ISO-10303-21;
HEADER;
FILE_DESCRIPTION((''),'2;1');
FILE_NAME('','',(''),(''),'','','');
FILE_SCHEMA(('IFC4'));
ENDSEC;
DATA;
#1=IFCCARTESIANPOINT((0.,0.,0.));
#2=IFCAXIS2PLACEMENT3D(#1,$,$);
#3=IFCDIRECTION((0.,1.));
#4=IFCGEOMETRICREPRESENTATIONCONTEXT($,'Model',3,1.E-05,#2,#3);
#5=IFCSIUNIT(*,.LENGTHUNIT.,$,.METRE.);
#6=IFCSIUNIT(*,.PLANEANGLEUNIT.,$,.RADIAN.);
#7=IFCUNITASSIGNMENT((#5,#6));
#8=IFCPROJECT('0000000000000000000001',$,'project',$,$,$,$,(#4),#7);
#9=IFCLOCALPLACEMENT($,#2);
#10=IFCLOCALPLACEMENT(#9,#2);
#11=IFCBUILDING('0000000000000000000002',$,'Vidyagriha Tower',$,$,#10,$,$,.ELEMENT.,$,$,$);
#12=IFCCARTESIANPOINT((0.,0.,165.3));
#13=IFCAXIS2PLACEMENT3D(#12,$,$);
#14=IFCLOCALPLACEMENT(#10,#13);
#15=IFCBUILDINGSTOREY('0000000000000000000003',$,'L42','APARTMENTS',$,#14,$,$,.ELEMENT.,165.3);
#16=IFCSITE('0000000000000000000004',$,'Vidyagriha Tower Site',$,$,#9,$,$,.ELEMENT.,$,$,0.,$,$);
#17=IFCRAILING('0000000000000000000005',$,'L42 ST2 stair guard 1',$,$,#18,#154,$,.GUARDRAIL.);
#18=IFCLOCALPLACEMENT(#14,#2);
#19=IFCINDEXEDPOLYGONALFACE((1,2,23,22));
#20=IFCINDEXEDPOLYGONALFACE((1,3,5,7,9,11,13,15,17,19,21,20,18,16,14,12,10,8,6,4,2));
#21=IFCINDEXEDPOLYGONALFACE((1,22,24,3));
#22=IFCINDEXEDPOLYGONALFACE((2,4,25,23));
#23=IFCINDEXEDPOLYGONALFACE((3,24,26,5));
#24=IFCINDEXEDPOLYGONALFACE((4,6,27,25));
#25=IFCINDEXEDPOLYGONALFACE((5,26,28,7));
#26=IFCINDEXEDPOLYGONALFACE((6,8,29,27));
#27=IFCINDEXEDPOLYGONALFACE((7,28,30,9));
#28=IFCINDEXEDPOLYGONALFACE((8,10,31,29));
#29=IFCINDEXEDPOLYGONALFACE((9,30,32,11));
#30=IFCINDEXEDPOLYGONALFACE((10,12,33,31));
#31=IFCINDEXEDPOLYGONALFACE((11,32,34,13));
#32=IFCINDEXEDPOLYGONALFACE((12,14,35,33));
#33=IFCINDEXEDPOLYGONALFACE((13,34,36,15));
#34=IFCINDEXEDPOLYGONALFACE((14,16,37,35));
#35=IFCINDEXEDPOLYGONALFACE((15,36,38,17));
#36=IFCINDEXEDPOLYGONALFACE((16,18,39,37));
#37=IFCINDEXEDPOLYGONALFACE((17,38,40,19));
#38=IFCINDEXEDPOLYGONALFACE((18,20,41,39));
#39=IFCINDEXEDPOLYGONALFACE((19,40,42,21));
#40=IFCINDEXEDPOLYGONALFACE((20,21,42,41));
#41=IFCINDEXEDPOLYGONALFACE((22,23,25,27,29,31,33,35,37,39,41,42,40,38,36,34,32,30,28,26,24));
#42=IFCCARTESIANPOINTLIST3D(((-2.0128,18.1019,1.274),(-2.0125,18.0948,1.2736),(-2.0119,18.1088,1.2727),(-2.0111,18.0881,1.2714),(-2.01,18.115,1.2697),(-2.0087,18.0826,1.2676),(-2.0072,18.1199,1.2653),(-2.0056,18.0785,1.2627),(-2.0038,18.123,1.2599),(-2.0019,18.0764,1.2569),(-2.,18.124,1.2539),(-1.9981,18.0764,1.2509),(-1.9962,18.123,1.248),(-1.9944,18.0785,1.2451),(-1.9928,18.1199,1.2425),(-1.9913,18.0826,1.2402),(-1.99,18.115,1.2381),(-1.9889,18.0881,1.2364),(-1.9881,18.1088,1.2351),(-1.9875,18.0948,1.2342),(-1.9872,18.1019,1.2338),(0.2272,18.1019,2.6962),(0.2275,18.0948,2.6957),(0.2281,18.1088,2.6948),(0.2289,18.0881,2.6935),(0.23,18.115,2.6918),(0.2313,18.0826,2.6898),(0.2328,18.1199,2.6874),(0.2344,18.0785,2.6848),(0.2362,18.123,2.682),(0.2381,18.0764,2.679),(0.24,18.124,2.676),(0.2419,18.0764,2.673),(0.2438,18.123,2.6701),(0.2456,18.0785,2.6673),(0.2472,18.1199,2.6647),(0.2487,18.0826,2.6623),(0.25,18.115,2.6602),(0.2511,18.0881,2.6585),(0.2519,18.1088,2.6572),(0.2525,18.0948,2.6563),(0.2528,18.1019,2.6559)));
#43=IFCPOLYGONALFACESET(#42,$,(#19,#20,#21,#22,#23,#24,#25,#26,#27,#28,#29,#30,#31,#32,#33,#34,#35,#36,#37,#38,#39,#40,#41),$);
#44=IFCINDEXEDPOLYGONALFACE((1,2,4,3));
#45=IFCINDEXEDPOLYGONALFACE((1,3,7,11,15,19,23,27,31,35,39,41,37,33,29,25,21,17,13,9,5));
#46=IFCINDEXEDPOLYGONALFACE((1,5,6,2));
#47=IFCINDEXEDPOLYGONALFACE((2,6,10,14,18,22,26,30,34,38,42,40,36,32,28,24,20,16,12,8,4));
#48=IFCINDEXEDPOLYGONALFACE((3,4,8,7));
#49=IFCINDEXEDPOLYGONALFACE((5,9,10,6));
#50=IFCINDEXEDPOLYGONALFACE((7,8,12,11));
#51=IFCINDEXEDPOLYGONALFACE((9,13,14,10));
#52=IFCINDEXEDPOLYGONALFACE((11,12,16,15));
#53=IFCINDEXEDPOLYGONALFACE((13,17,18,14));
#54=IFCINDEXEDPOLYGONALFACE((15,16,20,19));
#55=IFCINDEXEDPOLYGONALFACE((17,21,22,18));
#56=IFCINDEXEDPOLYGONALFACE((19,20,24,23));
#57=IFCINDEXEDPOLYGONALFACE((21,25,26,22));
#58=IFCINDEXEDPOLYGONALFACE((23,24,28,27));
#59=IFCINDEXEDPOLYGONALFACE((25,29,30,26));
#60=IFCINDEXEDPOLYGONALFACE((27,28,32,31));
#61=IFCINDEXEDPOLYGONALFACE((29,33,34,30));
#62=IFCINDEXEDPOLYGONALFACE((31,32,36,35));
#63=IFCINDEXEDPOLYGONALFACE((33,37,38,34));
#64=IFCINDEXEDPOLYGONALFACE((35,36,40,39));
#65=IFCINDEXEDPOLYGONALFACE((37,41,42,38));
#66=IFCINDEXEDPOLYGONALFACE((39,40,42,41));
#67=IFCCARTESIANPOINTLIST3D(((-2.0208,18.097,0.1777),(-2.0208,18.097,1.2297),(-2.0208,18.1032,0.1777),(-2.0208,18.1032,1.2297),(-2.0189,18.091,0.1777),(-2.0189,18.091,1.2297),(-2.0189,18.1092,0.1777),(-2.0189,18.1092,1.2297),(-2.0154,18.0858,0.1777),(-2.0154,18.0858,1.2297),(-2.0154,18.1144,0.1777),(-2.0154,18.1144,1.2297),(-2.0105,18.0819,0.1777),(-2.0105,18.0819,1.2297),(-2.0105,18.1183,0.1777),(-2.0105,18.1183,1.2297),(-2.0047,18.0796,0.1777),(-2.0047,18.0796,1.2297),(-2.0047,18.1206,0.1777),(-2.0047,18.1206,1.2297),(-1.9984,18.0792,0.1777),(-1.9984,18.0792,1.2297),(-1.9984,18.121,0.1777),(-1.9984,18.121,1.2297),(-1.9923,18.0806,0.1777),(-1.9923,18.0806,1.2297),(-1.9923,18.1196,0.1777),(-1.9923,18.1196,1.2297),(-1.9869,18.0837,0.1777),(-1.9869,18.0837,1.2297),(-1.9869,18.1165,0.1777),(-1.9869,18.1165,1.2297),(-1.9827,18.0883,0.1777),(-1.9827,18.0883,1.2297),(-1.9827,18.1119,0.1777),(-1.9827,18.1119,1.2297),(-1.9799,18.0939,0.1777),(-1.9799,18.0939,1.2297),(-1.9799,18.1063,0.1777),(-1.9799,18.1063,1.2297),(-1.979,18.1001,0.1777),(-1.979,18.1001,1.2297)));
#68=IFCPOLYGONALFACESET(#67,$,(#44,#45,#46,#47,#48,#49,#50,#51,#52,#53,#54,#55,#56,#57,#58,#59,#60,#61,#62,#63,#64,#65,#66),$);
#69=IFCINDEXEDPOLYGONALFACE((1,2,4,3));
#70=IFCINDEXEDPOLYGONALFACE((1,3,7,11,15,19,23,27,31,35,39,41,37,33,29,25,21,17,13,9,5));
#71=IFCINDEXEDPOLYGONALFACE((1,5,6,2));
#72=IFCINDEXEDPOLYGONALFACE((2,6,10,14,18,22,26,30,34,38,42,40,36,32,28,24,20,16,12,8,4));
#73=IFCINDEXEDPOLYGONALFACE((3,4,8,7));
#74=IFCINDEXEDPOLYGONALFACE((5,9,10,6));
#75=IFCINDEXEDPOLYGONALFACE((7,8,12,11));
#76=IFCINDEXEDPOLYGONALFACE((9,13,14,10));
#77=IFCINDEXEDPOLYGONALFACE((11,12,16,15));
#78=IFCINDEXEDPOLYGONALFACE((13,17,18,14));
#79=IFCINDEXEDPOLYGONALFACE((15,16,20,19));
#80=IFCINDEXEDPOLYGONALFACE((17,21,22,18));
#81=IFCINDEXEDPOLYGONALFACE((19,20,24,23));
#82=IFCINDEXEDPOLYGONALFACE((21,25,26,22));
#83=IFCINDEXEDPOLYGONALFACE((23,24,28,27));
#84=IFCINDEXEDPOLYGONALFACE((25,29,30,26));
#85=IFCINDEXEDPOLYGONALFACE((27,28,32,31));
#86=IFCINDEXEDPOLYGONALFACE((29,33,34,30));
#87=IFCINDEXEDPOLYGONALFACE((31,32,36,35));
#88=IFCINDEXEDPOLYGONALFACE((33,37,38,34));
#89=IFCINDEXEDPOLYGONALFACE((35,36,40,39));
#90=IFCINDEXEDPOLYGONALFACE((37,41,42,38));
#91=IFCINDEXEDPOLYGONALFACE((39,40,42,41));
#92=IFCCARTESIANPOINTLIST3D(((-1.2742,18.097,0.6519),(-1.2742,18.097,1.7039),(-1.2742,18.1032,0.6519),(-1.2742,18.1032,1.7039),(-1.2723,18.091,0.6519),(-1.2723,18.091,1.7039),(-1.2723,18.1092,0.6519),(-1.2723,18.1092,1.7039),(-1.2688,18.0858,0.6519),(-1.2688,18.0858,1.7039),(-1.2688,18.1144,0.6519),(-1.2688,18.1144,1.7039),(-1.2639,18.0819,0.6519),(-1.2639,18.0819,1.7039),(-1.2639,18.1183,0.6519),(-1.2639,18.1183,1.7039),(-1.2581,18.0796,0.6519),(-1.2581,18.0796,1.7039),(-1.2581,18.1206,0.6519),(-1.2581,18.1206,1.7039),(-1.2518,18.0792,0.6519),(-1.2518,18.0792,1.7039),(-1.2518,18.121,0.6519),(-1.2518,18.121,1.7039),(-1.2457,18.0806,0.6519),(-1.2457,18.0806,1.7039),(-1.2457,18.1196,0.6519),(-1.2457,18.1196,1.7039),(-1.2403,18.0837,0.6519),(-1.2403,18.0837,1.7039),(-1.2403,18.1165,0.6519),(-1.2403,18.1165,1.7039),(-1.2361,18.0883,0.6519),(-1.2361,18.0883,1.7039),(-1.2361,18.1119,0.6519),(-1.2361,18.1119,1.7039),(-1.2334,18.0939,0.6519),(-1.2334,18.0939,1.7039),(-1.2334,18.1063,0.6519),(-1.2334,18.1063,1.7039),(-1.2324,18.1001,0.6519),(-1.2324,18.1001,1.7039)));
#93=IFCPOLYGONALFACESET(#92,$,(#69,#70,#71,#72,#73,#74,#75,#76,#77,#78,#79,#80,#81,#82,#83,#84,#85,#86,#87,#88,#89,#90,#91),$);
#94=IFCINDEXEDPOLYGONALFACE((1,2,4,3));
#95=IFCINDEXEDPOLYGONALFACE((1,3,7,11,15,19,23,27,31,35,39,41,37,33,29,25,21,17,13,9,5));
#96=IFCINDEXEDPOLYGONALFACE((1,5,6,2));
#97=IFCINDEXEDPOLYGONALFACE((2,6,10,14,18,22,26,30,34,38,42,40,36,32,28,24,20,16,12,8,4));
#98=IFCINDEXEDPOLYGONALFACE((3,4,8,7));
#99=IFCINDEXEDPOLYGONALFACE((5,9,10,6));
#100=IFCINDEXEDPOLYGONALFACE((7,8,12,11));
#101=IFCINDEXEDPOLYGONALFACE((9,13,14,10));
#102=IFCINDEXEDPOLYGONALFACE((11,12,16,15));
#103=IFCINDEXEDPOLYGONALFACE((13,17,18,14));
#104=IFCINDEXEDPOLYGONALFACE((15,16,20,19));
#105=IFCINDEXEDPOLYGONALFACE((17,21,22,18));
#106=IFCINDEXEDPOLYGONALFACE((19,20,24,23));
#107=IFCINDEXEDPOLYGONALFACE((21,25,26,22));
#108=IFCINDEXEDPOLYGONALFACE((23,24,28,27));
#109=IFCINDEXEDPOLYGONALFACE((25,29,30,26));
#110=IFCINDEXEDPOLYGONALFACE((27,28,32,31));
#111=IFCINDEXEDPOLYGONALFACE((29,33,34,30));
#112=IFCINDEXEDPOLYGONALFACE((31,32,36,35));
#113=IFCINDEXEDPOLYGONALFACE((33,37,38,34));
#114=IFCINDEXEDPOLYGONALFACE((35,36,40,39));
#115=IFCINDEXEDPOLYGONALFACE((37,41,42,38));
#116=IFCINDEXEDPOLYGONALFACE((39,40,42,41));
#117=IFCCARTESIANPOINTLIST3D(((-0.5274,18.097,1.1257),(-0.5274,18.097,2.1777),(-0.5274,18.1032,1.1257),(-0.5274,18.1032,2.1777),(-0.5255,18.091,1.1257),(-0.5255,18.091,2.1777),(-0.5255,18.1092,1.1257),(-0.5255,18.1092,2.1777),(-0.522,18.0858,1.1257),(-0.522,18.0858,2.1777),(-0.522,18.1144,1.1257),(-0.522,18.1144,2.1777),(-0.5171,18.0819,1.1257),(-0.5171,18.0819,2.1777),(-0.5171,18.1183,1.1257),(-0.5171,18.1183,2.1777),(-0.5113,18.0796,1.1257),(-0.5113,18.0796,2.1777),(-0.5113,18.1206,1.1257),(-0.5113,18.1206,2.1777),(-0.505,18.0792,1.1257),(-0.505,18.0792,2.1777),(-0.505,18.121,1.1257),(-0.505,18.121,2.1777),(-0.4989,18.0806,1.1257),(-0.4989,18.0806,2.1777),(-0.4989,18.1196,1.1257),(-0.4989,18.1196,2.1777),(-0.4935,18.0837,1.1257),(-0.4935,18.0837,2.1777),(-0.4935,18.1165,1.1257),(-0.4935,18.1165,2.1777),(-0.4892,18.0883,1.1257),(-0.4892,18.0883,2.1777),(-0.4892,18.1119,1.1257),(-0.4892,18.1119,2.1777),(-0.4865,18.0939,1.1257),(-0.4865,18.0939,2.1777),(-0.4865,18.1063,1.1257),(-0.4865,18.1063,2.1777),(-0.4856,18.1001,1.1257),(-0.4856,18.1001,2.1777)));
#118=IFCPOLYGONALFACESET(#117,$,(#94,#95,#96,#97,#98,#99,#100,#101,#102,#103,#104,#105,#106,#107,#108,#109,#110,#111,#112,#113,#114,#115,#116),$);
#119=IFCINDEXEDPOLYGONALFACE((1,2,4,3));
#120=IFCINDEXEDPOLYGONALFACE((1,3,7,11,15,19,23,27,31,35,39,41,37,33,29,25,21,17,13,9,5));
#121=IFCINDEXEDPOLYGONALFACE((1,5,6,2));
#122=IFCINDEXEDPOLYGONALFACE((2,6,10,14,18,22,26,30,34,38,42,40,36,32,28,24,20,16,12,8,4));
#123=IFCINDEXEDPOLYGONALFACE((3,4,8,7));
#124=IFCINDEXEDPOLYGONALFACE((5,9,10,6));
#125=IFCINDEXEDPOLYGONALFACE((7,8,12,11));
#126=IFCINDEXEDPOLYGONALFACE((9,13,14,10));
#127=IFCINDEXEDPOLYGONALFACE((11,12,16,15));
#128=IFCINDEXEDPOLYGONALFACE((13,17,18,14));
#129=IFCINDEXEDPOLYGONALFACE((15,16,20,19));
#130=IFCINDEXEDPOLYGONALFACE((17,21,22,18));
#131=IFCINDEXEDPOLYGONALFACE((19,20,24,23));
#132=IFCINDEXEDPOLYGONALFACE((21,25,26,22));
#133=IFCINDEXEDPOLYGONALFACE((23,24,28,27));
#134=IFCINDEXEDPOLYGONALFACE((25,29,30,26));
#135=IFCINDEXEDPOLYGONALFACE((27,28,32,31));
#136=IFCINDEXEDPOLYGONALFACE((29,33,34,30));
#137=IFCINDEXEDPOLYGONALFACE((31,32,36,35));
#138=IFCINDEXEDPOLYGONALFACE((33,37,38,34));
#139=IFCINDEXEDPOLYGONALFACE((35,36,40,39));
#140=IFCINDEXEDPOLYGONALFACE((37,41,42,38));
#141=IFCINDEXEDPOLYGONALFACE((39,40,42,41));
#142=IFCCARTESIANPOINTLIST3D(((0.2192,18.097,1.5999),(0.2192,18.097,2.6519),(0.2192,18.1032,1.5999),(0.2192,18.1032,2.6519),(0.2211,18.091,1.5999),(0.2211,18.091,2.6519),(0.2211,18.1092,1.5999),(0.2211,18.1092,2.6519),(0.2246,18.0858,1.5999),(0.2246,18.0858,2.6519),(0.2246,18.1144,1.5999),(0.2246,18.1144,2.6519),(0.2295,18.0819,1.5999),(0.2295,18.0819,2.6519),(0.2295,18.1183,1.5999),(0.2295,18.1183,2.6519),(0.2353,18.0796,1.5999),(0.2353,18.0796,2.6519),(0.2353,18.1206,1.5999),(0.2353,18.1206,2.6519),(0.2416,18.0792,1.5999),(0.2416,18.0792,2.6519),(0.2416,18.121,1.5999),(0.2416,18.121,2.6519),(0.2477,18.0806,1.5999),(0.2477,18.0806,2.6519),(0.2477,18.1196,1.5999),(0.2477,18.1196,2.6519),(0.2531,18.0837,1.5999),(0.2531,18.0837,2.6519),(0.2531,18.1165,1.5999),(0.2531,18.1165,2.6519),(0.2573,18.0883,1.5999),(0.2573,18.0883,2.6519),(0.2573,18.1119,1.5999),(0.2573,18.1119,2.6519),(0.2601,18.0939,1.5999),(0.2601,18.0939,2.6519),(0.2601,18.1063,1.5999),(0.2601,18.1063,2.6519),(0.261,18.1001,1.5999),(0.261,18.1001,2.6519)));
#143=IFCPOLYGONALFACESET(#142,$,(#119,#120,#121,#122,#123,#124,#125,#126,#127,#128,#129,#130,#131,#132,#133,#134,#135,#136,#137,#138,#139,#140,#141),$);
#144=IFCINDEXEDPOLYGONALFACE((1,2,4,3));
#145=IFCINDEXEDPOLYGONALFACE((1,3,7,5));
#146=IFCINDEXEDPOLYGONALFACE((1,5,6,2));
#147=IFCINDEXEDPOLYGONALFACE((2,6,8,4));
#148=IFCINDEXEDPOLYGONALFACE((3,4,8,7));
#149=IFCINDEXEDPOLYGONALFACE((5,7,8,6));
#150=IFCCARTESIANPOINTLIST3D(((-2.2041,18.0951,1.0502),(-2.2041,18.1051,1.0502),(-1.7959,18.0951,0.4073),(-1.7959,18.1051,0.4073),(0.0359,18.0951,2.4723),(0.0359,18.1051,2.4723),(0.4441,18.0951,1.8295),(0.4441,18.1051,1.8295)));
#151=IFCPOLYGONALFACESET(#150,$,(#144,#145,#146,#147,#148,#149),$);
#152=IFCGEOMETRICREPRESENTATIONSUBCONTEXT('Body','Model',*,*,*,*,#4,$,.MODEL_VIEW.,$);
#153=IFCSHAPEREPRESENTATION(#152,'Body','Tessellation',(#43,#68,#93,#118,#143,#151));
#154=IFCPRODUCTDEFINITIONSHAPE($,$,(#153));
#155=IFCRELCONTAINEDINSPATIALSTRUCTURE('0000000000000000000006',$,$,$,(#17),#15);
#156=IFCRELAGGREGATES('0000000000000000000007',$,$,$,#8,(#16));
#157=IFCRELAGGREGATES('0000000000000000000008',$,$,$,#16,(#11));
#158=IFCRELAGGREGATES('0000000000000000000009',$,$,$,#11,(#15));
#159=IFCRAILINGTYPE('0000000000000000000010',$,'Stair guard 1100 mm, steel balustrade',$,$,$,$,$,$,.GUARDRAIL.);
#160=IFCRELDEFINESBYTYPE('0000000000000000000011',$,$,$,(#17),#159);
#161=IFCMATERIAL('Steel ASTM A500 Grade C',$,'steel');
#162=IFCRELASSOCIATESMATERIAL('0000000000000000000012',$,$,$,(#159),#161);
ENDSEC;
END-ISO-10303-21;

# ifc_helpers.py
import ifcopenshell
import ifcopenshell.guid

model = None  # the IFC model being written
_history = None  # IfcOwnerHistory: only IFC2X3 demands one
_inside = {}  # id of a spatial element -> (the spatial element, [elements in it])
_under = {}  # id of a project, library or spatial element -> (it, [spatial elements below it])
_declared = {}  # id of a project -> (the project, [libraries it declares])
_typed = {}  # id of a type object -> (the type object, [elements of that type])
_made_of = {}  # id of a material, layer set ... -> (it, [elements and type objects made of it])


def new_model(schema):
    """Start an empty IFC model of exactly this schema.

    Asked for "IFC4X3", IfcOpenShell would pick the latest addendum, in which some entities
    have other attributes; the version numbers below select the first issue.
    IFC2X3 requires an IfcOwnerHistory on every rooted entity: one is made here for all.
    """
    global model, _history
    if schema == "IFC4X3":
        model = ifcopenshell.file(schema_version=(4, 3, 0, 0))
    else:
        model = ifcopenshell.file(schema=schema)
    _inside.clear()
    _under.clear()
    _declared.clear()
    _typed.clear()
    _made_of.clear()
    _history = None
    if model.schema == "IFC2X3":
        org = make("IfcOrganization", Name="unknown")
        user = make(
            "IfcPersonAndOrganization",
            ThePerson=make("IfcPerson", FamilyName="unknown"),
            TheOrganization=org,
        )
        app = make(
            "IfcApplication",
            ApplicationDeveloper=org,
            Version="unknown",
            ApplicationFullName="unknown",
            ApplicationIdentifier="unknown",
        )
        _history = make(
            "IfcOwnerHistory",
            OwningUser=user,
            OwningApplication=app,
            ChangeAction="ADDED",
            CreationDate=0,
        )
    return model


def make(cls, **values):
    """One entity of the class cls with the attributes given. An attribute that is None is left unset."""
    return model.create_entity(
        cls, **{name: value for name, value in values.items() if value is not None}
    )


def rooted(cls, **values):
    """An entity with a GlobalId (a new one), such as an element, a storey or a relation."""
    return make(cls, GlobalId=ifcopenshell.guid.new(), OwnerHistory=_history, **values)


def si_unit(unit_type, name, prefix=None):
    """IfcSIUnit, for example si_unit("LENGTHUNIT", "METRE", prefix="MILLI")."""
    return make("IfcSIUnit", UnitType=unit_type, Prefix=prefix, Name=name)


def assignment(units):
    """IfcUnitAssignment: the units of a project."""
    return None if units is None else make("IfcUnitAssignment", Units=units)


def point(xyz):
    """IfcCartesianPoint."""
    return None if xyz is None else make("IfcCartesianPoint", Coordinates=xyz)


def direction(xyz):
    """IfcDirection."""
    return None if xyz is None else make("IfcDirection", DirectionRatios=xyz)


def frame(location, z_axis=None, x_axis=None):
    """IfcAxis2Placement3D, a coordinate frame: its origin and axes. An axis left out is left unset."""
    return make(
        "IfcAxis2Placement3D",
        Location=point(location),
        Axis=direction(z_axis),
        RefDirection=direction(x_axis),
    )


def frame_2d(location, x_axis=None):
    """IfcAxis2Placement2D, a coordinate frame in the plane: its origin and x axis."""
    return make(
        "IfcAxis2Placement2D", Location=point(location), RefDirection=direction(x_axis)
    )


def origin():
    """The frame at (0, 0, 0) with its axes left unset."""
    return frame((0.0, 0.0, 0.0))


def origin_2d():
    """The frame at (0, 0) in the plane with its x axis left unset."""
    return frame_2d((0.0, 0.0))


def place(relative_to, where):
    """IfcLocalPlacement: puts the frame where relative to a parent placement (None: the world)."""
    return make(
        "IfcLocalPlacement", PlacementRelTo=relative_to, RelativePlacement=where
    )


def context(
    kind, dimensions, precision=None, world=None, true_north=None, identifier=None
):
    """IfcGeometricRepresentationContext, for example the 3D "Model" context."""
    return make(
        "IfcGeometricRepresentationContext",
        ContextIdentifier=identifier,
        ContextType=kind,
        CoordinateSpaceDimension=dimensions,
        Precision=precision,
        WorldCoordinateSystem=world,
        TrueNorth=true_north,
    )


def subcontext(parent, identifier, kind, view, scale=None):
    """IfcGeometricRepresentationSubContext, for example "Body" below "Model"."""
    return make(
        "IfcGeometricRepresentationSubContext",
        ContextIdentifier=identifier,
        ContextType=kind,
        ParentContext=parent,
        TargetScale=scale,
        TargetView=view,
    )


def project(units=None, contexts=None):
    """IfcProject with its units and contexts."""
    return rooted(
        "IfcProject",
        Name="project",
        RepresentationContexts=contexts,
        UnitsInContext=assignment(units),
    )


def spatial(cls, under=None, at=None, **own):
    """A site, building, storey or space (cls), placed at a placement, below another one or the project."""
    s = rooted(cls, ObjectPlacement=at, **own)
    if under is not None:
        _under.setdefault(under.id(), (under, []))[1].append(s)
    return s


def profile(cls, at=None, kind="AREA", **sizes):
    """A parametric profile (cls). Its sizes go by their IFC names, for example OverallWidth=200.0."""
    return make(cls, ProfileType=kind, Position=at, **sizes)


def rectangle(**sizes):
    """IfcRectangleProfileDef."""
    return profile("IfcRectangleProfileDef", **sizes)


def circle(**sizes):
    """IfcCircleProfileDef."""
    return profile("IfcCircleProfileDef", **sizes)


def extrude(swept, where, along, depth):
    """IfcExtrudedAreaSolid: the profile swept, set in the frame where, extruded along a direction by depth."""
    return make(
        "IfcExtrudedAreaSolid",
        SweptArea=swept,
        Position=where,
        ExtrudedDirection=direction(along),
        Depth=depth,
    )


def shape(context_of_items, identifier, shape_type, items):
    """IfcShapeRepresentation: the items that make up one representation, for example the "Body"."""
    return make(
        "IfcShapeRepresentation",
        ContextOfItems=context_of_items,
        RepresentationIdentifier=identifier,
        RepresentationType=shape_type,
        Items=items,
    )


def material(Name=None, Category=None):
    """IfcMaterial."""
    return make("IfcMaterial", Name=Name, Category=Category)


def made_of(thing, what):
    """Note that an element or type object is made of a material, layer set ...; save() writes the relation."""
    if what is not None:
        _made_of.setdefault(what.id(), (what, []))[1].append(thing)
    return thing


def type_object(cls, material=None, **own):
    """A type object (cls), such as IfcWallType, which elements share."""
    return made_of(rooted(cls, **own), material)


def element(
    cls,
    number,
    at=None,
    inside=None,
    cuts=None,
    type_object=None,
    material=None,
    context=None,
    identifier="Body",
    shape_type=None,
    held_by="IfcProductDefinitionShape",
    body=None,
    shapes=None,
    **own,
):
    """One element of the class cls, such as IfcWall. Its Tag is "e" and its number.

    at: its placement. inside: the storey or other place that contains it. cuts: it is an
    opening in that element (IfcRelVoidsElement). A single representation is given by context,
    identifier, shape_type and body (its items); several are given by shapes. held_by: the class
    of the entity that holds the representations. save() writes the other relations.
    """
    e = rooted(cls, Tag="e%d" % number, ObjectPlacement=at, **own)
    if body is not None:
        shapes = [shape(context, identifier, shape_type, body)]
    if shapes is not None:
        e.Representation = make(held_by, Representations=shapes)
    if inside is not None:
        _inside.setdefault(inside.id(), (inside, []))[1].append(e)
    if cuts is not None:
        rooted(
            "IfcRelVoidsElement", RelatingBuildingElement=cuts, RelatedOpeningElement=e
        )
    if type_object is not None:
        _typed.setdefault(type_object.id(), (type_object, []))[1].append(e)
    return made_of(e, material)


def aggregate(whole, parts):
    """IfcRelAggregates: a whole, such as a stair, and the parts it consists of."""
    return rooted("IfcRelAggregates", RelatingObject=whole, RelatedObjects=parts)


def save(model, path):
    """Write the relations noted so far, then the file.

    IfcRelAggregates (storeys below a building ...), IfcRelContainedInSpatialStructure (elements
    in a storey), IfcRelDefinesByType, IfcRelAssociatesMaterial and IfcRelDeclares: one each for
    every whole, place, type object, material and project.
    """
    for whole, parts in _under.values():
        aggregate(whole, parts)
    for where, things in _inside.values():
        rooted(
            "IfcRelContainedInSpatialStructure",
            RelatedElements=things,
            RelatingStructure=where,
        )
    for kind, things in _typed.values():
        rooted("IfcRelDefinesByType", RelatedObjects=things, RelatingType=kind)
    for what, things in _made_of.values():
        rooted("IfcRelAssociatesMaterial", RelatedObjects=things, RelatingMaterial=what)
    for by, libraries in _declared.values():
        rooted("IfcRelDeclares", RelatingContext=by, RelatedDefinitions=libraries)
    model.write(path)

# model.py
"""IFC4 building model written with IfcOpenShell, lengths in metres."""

from ifc_helpers import new_model, si_unit, direction, frame, origin, origin_2d, place, context, subcontext, project, spatial, rectangle, circle, extrude, material, type_object, element, save


model = new_model("IFC4")

# Units and contexts
model_context = context("Model", 3, precision=1e-05, world=origin(), true_north=direction((0.0, 1.0)))
body_context = subcontext(model_context, "Body", "Model", "MODEL_VIEW")
ifc_project = project(units=[si_unit("LENGTHUNIT", "METRE"), si_unit("PLANEANGLEUNIT", "RADIAN")], contexts=[model_context])

# Site, building, storey
site_placement = place(None, origin())
site = spatial("IfcSite", under=ifc_project, at=site_placement, Name="Vidyagriha Tower Site", CompositionType="ELEMENT", RefElevation=0.0)
building_placement = place(site_placement, origin())
building = spatial("IfcBuilding", under=site, at=building_placement, Name="Vidyagriha Tower", CompositionType="ELEMENT")
storey_placement = place(building_placement, frame((0.0, 0.0, 165.3)))
storey = spatial("IfcBuildingStorey", under=building, at=storey_placement, Name="L42", Description="APARTMENTS", CompositionType="ELEMENT", Elevation=165.3)

# Railing
ifc_material_1 = material(Name="Steel ASTM A500 Grade C", Category="steel")
railing_type_1 = type_object("IfcRailingType", Name="Stair guard 1100 mm, steel balustrade", PredefinedType="GUARDRAIL", material=ifc_material_1)
railing_1_placement = place(storey_placement, frame((-2.0, 18.1001, 0.1777)))
element("IfcRailing", 1, at=railing_1_placement, inside=storey, type_object=railing_type_1, Name="L42 ST2 stair guard 1", PredefinedType="GUARDRAIL", context=body_context, shape_type="SweptSolid", body=[
    extrude(circle(Radius=0.0239, at=origin_2d()), frame((0.0, 0.0, 1.0762), z_axis=(0.844229, 0.0, 0.535982), x_axis=(0.0, 1.0, 0.0)), (0.0, 0.0, 1.0), 2.6533),
    extrude(circle(Radius=0.021, at=origin_2d()), origin(), (0.0, 0.0, 1.0), 1.052),
    extrude(circle(Radius=0.021, at=origin_2d()), frame((0.7466, 0.0, 0.4741)), (0.0, 0.0, 1.0), 1.052),
    extrude(circle(Radius=0.021, at=origin_2d()), frame((1.4934, 0.0, 0.948)), (0.0, 0.0, 1.0), 1.052),
    extrude(circle(Radius=0.021, at=origin_2d()), frame((2.24, 0.0, 1.4221)), (0.0, 0.0, 1.0), 1.052),
    extrude(rectangle(XDim=0.01, YDim=0.7615, at=origin_2d()), frame((0.0, 0.0, 0.551), z_axis=(0.844229, 0.0, 0.535982), x_axis=(0.0, 1.0, 0.0)), (0.0, 0.0, 1.0), 2.6533),
])

save(model, "model.ifc")
